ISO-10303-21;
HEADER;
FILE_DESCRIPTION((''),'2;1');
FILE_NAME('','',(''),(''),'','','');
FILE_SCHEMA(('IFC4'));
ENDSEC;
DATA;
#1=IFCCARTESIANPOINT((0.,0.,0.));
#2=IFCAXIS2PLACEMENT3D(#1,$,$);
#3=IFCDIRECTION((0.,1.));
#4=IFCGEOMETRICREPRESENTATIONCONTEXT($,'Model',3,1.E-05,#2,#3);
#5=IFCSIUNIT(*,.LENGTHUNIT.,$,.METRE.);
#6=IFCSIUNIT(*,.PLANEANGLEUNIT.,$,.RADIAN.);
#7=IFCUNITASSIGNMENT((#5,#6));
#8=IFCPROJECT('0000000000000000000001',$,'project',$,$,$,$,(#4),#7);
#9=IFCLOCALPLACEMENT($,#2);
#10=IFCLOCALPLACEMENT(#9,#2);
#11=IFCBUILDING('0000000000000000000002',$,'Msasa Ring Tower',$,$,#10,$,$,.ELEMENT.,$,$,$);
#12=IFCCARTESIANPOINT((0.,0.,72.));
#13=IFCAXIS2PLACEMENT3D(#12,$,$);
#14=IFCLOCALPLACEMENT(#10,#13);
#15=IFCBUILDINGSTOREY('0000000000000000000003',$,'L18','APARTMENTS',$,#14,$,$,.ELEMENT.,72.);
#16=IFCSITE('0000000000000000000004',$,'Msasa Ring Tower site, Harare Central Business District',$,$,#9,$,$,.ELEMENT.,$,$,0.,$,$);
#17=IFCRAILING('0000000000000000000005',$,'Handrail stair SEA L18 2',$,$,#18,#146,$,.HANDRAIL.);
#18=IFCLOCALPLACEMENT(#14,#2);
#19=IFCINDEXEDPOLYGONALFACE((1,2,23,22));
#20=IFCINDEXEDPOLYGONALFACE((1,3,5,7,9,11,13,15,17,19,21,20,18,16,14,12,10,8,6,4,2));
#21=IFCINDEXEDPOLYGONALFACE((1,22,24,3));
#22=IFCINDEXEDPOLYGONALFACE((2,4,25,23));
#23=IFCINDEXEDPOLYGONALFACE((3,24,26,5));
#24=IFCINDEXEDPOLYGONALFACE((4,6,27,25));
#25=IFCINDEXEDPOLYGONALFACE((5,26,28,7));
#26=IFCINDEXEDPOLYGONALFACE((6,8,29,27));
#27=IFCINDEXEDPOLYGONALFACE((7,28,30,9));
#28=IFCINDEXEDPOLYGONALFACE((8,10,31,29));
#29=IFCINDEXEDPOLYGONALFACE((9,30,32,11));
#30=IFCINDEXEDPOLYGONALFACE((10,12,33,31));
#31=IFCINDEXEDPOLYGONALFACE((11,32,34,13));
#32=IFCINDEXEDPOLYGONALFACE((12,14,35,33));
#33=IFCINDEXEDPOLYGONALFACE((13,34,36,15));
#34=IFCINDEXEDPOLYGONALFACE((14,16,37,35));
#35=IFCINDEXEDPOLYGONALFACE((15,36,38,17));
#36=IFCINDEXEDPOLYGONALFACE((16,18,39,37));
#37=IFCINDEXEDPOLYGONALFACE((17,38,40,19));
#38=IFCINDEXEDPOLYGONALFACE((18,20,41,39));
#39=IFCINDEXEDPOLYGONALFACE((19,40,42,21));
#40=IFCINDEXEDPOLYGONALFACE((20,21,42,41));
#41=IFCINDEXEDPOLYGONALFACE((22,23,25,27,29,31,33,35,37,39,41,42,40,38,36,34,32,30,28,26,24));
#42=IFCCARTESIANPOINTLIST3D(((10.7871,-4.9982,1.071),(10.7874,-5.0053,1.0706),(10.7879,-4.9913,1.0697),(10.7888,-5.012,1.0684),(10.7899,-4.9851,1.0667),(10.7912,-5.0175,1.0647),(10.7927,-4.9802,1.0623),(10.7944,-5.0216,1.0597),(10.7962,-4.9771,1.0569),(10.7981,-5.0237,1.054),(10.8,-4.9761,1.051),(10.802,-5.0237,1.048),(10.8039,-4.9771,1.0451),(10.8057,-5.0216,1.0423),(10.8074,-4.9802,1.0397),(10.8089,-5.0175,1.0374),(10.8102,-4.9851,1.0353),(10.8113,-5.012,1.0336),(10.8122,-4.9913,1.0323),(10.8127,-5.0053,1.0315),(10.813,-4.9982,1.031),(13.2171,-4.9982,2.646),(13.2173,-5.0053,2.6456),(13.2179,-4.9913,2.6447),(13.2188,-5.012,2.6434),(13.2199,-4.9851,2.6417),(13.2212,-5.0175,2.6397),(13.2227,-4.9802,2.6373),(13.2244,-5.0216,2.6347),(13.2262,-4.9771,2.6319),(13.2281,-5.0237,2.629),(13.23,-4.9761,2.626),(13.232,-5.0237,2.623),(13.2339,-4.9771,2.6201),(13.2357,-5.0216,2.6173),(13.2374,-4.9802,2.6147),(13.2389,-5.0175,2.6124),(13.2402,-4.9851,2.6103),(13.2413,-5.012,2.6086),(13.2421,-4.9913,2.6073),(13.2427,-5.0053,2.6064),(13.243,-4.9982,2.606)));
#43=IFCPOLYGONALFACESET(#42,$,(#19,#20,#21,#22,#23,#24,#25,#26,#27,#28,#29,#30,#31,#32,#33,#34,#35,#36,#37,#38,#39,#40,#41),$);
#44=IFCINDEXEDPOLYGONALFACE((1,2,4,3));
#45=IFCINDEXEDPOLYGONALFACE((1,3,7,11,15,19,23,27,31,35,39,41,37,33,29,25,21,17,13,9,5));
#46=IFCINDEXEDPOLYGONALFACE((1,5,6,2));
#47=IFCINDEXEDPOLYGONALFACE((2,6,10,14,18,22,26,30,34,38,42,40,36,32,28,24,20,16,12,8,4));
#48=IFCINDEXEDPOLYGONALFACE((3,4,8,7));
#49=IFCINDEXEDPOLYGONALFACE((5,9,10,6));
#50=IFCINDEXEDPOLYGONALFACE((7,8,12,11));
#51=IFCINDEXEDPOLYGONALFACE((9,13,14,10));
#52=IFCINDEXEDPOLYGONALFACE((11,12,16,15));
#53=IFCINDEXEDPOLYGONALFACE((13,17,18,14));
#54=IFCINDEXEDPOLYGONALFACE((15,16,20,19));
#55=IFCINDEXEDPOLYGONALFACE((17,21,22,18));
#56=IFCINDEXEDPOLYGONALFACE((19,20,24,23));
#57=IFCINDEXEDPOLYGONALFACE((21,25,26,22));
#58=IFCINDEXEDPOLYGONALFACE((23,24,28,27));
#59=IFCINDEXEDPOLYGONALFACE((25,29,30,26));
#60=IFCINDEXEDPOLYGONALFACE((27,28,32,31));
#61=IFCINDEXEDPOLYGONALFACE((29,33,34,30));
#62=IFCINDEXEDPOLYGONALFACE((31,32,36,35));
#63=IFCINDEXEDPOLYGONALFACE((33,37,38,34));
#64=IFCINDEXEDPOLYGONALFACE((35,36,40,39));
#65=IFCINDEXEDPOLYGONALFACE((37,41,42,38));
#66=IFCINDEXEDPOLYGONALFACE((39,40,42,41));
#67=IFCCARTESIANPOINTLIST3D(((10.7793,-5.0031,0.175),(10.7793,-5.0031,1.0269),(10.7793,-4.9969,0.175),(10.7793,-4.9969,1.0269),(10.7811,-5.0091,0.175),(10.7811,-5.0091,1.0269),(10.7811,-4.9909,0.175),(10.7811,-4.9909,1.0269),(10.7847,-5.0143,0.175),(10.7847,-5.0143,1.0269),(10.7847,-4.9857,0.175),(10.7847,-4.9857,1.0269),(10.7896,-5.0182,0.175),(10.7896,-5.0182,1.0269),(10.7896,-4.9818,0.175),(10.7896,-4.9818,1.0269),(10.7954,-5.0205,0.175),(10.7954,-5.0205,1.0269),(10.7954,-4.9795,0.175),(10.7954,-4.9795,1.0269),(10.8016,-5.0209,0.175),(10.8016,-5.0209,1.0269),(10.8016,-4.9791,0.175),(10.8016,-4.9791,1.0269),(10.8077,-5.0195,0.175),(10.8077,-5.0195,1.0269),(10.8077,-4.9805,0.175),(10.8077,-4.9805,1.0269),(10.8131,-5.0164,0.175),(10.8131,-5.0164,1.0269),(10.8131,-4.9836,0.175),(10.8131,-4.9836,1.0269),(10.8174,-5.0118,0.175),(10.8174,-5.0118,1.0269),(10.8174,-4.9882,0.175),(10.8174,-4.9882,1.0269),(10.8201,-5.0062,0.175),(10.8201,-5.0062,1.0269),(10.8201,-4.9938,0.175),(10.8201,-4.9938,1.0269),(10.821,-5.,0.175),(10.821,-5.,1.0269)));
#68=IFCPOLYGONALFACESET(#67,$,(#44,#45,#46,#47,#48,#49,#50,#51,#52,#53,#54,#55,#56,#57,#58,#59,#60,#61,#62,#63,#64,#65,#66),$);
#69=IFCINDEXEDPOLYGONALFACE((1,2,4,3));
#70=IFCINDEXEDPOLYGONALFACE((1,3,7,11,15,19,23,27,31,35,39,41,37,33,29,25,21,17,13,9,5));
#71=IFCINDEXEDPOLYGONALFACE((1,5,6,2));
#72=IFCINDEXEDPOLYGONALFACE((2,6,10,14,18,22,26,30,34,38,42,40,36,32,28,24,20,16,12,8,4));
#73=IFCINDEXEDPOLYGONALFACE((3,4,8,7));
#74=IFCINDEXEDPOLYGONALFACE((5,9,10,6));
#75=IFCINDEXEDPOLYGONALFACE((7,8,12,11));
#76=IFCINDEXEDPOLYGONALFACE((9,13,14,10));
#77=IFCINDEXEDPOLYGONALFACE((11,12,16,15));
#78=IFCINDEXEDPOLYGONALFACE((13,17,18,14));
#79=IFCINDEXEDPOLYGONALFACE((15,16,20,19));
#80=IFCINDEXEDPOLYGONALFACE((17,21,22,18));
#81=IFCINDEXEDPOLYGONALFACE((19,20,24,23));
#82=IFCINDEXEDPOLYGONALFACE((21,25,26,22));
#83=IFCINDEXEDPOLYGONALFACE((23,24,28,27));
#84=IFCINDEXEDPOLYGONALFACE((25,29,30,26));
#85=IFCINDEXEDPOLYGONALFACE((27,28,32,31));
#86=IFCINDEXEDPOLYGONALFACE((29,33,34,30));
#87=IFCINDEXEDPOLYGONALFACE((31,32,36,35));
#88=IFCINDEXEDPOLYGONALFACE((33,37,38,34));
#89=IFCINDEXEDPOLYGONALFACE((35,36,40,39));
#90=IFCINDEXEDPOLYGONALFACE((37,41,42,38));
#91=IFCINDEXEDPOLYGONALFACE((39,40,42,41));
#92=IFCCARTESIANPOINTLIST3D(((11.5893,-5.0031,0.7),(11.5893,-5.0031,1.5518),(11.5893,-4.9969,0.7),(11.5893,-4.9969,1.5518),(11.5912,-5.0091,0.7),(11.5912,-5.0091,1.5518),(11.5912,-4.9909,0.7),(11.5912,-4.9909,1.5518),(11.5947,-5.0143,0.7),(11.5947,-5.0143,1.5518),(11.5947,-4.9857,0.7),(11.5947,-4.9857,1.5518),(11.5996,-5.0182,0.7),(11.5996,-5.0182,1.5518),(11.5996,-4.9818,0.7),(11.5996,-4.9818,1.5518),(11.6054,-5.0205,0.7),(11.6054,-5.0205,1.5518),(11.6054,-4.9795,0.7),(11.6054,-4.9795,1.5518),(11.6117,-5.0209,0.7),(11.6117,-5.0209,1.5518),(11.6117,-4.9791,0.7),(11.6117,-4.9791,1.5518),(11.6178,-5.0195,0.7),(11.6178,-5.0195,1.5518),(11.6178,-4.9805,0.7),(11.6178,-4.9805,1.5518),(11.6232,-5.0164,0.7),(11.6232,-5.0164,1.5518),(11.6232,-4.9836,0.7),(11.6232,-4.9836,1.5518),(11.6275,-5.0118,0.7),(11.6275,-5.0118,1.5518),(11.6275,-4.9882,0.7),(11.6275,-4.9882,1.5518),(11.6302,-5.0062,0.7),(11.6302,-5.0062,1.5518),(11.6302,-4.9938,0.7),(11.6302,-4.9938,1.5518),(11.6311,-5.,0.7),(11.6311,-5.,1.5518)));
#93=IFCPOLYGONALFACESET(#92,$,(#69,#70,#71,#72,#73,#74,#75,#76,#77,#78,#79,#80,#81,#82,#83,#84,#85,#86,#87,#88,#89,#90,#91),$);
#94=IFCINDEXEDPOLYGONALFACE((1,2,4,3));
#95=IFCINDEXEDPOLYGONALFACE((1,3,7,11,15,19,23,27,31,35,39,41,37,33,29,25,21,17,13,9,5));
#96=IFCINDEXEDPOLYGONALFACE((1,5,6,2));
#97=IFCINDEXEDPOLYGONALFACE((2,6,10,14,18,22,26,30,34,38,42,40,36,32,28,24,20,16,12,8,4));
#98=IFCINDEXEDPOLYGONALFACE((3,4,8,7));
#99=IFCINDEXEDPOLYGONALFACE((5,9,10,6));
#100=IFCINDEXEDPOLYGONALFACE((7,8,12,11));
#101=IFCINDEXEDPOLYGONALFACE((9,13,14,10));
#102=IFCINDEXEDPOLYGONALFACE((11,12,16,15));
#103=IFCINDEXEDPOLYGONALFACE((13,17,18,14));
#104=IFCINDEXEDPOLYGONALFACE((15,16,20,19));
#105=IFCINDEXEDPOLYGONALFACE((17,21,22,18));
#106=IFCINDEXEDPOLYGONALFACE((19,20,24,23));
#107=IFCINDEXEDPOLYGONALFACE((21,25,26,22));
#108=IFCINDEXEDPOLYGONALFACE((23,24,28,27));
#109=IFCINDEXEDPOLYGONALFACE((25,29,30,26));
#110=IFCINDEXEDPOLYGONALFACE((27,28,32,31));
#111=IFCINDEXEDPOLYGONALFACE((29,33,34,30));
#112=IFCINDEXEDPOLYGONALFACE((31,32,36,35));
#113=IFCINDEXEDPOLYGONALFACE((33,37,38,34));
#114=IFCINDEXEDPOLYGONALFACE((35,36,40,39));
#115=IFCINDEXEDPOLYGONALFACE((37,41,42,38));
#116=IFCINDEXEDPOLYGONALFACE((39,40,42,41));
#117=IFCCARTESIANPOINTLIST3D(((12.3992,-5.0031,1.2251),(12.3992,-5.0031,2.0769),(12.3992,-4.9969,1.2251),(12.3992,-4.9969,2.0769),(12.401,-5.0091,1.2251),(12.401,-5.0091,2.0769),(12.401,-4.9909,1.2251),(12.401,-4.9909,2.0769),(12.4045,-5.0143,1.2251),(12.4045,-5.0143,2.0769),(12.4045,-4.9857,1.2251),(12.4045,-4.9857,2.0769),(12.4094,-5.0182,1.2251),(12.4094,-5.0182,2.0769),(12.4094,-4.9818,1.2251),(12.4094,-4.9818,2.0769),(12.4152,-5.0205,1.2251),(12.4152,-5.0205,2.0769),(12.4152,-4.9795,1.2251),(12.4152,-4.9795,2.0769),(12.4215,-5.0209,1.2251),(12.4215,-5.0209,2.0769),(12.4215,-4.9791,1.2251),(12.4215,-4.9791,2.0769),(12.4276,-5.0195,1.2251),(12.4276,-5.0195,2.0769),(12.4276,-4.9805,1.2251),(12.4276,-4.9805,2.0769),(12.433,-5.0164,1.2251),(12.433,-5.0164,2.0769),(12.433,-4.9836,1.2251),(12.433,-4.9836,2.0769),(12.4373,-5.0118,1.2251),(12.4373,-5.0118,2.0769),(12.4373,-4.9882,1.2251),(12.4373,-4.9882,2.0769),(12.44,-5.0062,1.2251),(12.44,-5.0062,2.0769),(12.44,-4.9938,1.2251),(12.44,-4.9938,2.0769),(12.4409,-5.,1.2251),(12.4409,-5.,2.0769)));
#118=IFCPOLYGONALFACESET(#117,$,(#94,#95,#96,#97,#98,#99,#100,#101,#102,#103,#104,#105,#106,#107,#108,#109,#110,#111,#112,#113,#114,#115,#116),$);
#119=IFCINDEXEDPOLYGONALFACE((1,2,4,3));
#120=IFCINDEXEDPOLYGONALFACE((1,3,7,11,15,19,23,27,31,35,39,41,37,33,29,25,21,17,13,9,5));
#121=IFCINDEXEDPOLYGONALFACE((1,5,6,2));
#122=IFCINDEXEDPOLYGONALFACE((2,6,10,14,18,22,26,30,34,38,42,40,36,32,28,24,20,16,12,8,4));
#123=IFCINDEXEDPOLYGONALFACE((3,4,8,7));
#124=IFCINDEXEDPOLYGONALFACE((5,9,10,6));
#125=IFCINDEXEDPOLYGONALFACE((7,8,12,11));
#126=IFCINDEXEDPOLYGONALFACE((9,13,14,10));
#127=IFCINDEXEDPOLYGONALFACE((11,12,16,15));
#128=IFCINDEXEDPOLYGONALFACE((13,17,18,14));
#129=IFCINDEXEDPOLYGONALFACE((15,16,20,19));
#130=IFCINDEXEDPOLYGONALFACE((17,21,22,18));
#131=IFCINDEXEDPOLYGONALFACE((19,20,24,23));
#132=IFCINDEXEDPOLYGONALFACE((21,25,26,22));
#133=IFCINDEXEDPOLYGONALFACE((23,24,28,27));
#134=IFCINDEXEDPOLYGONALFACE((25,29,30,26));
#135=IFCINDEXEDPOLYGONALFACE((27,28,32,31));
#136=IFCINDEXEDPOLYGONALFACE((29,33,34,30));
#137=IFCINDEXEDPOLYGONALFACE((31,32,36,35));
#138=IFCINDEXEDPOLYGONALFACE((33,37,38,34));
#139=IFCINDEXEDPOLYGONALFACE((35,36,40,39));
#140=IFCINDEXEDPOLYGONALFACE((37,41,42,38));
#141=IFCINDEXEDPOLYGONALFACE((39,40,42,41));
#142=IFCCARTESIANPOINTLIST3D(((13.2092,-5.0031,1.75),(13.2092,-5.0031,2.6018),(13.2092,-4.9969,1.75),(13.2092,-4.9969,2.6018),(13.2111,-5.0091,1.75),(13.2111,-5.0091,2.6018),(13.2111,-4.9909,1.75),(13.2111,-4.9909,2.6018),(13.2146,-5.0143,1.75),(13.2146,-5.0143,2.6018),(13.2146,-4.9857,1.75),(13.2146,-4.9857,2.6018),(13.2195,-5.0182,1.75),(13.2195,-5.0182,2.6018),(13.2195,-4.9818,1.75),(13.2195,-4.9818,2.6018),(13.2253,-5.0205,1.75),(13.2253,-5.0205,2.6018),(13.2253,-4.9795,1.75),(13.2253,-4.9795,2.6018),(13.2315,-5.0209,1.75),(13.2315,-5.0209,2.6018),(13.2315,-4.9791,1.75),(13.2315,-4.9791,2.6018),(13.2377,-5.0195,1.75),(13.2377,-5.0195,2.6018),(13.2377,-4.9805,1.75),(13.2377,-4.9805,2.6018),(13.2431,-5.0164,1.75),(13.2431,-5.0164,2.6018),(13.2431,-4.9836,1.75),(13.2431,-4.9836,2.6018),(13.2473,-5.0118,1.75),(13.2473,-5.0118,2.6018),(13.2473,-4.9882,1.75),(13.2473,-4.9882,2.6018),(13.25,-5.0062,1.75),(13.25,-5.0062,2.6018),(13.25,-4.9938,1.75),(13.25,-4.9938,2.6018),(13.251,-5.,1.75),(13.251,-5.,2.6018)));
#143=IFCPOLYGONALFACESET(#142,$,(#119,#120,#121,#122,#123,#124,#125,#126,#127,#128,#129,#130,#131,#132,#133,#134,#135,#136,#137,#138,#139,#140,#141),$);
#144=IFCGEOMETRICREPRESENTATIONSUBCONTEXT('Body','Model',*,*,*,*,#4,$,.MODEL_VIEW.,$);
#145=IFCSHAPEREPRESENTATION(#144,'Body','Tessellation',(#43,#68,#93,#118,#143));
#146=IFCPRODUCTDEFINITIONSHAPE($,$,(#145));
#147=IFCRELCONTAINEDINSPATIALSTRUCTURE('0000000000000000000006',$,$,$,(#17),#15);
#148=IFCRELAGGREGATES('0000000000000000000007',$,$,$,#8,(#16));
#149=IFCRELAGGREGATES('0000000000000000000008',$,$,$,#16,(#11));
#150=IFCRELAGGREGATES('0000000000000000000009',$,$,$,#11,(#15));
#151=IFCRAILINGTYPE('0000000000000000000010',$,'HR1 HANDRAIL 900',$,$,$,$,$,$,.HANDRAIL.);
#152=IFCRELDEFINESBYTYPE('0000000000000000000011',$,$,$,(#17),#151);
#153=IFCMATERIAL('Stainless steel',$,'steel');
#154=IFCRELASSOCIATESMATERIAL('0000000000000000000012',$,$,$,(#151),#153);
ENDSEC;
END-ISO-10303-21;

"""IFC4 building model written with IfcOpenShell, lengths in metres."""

from ifc_helpers import new_model, si_unit, direction, frame, origin, origin_2d, place, context, subcontext, project, spatial, circle, extrude, material, type_object, element, save


model = new_model("IFC4")

# Units and contexts
model_context = context("Model", 3, precision=1e-05, world=origin(), true_north=direction((0.0, 1.0)))
body_context = subcontext(model_context, "Body", "Model", "MODEL_VIEW")
ifc_project = project(units=[si_unit("LENGTHUNIT", "METRE"), si_unit("PLANEANGLEUNIT", "RADIAN")], contexts=[model_context])

# Site, building, storey
site_placement = place(None, origin())
site = spatial("IfcSite", under=ifc_project, at=site_placement, Name="Msasa Ring Tower site, Harare Central Business District", CompositionType="ELEMENT", RefElevation=0.0)
building_placement = place(site_placement, origin())
building = spatial("IfcBuilding", under=site, at=building_placement, Name="Msasa Ring Tower", CompositionType="ELEMENT")
storey_placement = place(building_placement, frame((0.0, 0.0, 72.0)))
storey = spatial("IfcBuildingStorey", under=building, at=storey_placement, Name="L18", Description="APARTMENTS", CompositionType="ELEMENT", Elevation=72.0)

# Railing
ifc_material_1 = material(Name="Stainless steel", Category="steel")
railing_type = type_object("IfcRailingType", Name="HR1 HANDRAIL 900", PredefinedType="HANDRAIL", material=ifc_material_1)
for number, where, name in (
    (1, (10.8, -5.0, 0.175), "Handrail stair SEA L18 2"),
):
    element("IfcRailing", number, at=place(storey_placement, frame(where)), inside=storey, type_object=railing_type, Name=name, PredefinedType="HANDRAIL", context=body_context, shape_type="SweptSolid", body=[
        extrude(circle(Radius=0.0239, at=origin_2d()), frame((0.0, 0.0, 0.876), z_axis=(0.839154, 0.0, 0.543894), x_axis=(0.0, 1.0, 0.0)), (0.0, 0.0, 1.0), 2.8958),
        extrude(circle(Radius=0.021, at=origin_2d()), origin(), (0.0, 0.0, 1.0), 0.8518),
        extrude(circle(Radius=0.021, at=origin_2d()), frame((0.8101, 0.0, 0.5249)), (0.0, 0.0, 1.0), 0.8518),
        extrude(circle(Radius=0.021, at=origin_2d()), frame((1.6199, 0.0, 1.05)), (0.0, 0.0, 1.0), 0.8518),
        extrude(circle(Radius=0.021, at=origin_2d()), frame((2.4299, 0.0, 1.575)), (0.0, 0.0, 1.0), 0.8518),
    ])

save(model, "model.ifc")
